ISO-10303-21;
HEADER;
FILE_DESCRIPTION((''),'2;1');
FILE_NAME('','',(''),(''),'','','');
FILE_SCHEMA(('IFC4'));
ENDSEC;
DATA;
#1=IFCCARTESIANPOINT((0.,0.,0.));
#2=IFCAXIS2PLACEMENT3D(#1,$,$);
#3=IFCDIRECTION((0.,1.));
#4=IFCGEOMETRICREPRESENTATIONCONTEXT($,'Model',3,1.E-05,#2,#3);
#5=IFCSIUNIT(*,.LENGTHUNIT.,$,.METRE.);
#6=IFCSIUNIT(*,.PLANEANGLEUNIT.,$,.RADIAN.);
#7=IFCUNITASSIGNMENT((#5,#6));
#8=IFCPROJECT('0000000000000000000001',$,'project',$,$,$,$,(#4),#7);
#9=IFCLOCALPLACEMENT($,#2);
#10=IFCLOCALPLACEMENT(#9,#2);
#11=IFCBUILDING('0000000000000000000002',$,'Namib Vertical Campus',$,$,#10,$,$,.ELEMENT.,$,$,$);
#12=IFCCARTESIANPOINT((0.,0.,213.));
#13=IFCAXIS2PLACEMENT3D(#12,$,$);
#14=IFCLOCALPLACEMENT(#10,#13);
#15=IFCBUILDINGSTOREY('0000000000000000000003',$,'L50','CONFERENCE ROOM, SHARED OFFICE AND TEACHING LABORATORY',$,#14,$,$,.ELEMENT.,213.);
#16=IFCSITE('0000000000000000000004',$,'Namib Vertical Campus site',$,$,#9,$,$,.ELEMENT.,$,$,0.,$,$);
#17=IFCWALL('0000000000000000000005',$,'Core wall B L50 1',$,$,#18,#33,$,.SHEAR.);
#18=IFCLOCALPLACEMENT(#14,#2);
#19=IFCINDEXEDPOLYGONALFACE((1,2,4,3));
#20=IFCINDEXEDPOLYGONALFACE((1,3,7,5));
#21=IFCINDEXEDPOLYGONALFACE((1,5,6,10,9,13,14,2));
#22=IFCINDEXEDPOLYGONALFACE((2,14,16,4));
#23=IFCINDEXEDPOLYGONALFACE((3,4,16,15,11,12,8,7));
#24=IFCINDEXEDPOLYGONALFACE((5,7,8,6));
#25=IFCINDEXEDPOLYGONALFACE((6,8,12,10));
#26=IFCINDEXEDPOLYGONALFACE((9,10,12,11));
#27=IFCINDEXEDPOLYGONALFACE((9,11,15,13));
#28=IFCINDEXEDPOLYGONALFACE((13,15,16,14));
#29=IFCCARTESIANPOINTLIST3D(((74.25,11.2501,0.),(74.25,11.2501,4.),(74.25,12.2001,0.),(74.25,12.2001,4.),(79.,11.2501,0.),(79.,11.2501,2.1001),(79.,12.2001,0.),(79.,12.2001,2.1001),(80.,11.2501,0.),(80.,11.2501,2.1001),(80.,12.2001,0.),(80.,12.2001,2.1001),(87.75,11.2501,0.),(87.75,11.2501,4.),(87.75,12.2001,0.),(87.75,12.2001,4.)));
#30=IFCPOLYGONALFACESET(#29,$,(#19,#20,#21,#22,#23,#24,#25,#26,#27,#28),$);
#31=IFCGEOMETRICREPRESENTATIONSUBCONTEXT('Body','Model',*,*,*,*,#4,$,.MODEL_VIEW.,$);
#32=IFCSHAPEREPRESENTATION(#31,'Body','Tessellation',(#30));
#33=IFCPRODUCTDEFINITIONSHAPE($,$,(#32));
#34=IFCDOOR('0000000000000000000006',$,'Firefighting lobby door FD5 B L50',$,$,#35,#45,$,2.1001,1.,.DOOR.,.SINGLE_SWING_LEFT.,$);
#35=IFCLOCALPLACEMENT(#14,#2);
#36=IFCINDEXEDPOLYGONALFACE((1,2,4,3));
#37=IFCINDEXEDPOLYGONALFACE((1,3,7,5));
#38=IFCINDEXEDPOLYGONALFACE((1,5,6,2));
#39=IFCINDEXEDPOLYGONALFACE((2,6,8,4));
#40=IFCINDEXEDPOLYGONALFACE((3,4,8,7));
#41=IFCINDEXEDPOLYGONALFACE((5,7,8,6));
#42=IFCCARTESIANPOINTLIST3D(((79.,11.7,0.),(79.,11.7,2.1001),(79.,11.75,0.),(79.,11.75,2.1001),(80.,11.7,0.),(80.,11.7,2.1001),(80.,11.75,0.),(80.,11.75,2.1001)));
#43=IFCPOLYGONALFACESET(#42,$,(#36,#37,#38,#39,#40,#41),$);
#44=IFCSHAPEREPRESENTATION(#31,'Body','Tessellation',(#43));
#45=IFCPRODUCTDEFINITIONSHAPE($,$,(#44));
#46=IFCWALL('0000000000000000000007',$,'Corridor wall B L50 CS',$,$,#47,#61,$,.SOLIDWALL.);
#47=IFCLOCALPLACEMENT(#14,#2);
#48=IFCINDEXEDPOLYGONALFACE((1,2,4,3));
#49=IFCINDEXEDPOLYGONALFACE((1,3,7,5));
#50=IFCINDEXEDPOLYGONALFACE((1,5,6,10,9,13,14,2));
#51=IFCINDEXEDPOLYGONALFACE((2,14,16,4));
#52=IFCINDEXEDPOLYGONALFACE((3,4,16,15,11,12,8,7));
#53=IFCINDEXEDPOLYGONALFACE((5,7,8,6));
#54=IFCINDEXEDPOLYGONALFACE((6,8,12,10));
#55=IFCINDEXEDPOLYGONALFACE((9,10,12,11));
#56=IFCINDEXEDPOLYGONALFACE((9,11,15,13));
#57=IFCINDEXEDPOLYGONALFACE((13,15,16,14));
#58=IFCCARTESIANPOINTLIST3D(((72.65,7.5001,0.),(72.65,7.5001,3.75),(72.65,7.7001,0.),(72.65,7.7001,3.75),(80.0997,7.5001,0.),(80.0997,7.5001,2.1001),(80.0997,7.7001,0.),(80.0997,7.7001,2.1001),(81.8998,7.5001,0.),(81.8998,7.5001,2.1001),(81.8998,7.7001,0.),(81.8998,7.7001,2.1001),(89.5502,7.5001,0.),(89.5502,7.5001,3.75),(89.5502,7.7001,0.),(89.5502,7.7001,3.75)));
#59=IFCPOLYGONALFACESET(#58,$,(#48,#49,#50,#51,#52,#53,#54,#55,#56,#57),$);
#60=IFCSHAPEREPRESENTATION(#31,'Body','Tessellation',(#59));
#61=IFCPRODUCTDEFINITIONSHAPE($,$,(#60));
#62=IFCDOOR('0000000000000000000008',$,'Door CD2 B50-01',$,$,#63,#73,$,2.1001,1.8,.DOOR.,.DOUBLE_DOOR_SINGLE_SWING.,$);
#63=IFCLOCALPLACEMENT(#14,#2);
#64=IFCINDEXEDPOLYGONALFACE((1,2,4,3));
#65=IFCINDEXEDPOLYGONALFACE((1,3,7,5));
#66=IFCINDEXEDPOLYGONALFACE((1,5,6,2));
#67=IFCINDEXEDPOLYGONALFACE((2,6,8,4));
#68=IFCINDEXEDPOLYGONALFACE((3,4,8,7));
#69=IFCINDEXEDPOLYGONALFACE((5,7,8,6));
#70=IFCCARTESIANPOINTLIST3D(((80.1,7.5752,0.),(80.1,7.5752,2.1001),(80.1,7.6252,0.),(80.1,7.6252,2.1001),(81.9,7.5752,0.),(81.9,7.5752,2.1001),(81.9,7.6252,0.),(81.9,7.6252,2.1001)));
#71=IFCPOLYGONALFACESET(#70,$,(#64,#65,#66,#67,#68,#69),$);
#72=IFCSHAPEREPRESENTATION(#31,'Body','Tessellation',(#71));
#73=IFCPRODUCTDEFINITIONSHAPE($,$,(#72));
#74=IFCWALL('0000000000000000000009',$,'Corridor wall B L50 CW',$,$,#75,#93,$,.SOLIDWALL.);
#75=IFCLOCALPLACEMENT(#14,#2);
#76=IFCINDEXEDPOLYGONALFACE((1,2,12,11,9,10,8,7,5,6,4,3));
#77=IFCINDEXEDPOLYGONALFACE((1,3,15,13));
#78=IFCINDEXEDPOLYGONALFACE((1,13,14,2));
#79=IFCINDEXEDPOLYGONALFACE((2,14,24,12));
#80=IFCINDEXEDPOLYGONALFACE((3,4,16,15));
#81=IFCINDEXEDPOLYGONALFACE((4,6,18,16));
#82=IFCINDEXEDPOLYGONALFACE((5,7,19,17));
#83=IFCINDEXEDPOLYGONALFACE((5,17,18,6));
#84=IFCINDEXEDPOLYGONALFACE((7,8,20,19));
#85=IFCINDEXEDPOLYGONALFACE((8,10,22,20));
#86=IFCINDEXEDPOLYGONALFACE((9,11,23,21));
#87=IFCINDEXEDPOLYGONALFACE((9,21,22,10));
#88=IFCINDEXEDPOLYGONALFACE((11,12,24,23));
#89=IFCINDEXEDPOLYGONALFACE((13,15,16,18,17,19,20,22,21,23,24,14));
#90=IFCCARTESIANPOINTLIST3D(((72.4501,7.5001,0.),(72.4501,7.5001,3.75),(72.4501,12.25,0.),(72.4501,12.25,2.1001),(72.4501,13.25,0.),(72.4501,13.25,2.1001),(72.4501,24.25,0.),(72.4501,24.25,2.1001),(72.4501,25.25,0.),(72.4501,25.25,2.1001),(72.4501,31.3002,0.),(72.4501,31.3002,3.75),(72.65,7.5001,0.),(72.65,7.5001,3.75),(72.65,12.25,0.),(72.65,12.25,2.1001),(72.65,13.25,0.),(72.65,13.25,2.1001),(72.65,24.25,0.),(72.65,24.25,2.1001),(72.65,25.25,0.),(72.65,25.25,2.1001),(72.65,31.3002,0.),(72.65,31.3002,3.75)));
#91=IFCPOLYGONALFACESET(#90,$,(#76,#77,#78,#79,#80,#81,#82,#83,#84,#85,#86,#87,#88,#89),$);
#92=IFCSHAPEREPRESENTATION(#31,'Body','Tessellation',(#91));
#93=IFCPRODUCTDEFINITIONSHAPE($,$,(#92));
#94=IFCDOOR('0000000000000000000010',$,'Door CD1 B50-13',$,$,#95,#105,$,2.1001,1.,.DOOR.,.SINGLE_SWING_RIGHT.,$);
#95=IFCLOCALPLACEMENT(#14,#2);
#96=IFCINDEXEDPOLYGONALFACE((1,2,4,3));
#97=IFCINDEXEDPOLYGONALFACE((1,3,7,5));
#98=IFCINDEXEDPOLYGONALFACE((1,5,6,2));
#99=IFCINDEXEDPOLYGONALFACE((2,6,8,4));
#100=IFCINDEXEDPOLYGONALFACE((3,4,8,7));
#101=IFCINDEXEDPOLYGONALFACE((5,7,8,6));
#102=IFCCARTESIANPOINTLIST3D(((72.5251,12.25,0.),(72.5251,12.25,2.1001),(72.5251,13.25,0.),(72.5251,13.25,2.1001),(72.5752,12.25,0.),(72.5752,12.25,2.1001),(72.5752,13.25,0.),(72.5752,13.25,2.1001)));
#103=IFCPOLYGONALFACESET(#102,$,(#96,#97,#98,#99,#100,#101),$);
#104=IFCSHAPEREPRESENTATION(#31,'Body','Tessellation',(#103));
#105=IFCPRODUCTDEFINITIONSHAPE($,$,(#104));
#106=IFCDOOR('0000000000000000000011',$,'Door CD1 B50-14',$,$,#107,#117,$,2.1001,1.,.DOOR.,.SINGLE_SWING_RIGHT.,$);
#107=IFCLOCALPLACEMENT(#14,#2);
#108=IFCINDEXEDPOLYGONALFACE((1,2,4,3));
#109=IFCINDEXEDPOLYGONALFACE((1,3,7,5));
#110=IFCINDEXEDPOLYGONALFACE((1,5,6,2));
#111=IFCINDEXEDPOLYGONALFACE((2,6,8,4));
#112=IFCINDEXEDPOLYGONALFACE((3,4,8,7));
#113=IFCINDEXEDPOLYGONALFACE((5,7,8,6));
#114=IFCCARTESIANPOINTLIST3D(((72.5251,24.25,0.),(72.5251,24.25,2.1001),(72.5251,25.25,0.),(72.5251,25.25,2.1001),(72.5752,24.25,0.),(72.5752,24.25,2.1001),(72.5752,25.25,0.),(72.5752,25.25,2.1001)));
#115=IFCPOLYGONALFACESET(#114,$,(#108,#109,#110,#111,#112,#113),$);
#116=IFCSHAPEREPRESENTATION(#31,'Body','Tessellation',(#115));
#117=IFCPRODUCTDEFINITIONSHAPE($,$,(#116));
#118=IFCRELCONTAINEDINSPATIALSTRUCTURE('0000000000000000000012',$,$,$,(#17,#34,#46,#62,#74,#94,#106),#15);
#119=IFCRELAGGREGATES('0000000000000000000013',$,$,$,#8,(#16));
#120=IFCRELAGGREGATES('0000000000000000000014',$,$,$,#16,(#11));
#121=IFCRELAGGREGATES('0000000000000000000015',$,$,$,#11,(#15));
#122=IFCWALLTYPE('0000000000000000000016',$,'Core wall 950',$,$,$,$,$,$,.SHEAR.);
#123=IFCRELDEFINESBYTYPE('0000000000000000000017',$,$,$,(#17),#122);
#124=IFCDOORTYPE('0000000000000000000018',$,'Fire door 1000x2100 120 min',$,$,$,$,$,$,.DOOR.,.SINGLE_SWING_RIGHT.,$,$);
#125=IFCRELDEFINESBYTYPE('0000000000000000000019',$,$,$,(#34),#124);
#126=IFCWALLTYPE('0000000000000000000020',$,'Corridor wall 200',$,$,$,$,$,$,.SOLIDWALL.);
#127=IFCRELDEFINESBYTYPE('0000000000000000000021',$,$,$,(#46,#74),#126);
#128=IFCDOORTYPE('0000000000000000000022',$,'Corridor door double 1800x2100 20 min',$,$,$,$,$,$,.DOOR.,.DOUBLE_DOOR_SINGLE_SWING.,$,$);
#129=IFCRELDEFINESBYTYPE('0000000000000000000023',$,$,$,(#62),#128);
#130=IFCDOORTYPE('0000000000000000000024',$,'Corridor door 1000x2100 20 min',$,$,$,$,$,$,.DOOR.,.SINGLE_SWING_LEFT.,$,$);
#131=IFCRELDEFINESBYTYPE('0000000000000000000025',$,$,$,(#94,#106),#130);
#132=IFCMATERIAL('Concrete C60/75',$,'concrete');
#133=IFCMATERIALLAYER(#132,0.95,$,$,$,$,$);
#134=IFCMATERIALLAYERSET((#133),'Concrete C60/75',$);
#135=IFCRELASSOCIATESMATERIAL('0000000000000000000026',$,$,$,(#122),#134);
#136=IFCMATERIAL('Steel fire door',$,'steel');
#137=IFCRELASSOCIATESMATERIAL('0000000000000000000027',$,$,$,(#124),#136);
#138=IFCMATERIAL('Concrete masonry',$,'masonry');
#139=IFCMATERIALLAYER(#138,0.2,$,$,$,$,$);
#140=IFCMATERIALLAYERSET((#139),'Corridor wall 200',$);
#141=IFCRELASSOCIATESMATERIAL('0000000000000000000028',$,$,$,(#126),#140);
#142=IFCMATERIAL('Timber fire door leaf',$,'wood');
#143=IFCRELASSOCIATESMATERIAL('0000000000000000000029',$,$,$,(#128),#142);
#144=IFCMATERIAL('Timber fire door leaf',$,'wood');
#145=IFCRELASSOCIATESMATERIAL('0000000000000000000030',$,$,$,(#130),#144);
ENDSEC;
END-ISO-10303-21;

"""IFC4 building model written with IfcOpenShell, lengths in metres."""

from ifc_helpers import new_model, si_unit, direction, frame, frame_2d, origin, place, context, subcontext, project, spatial, rectangle, extrude, material, layer, layer_set, type_object, element, fill, save


model = new_model("IFC4")

# Units and contexts
model_context = context("Model", 3, precision=1e-05, world=origin(), true_north=direction((0.0, 1.0)))
body_context = subcontext(model_context, "Body", "Model", "MODEL_VIEW")
ifc_project = project(units=[si_unit("LENGTHUNIT", "METRE"), si_unit("PLANEANGLEUNIT", "RADIAN")], contexts=[model_context])

# Site, building, storey
site_placement = place(None, origin())
site = spatial("IfcSite", under=ifc_project, at=site_placement, Name="Namib Vertical Campus site", CompositionType="ELEMENT", RefElevation=0.0)
building_placement = place(site_placement, origin())
building = spatial("IfcBuilding", under=site, at=building_placement, Name="Namib Vertical Campus", CompositionType="ELEMENT")
storey_placement = place(building_placement, frame((0.0, 0.0, 213.0)))
storey = spatial("IfcBuildingStorey", under=building, at=storey_placement, Name="L50", Description="CONFERENCE ROOM, SHARED OFFICE AND TEACHING LABORATORY", CompositionType="ELEMENT", Elevation=213.0)

# Walls, openings, doors
ifc_material_1 = material(Name="Concrete C60/75", Category="concrete")
ifc_layer_1 = layer(ifc_material_1, 0.95)
ifc_layer_set_1 = layer_set([ifc_layer_1], Name="Concrete C60/75")
wall_type_1 = type_object("IfcWallType", Name="Core wall 950", PredefinedType="SHEAR", material=ifc_layer_set_1)
wall_1_placement = place(storey_placement, frame((74.25, 11.7251, 0.0), z_axis=(0.0, 0.0, 1.0), x_axis=(1.0, 0.0, 0.0)))
wall_1 = element("IfcWall", 1, at=wall_1_placement, inside=storey, type_object=wall_type_1, Name="Core wall B L50 1", PredefinedType="SHEAR", context=body_context, shape_type="SweptSolid", body=[
    extrude(rectangle(XDim=13.5, YDim=0.95, at=frame_2d((6.75, 0.0))), origin(), (0.0, 0.0, 1.0), 4.0),
])
opening_1_placement = place(wall_1_placement, frame((4.75, 0.0, 0.0)))
opening_1 = element("IfcOpeningElement", 2, at=opening_1_placement, cuts=wall_1, PredefinedType="OPENING", context=body_context, shape_type="SweptSolid", body=[
    extrude(rectangle(XDim=1.0, YDim=2.1001, at=frame_2d((0.5, 1.05))), frame((0.0, 0.4849, 0.0), z_axis=(0.0, -1.0, 0.0), x_axis=(1.0, 0.0, 0.0)), (0.0, 0.0, 1.0), 0.97),
])
ifc_material_2 = material(Name="Steel fire door", Category="steel")
door_type_1 = type_object("IfcDoorType", Name="Fire door 1000x2100 120 min", OperationType="SINGLE_SWING_RIGHT", PredefinedType="DOOR", material=ifc_material_2)
door_1_placement = place(opening_1_placement, origin())
door_1 = element("IfcDoor", 3, at=door_1_placement, inside=storey, type_object=door_type_1, Name="Firefighting lobby door FD5 B L50", OperationType="SINGLE_SWING_LEFT", OverallHeight=2.1001, OverallWidth=1.0, PredefinedType="DOOR", context=body_context, shape_type="SweptSolid", body=[
    extrude(rectangle(XDim=1.0, YDim=2.1001, at=frame_2d((0.5, 1.05))), frame((0.0, 0.0249, 0.0), z_axis=(0.0, -1.0, 0.0), x_axis=(1.0, 0.0, 0.0)), (0.0, 0.0, 1.0), 0.05),
])
fill(opening_1, door_1)
ifc_material_3 = material(Name="Concrete masonry", Category="masonry")
ifc_layer_2 = layer(ifc_material_3, 0.2)
ifc_layer_set_2 = layer_set([ifc_layer_2], Name="Corridor wall 200")
wall_type_2 = type_object("IfcWallType", Name="Corridor wall 200", PredefinedType="SOLIDWALL", material=ifc_layer_set_2)
wall_2_placement = place(storey_placement, frame((72.6499, 7.6001, 0.0), z_axis=(0.0, 0.0, 1.0), x_axis=(1.0, 0.0, 0.0)))
wall_2 = element("IfcWall", 4, at=wall_2_placement, inside=storey, type_object=wall_type_2, Name="Corridor wall B L50 CS", PredefinedType="SOLIDWALL", context=body_context, shape_type="SweptSolid", body=[
    extrude(rectangle(XDim=16.9001, YDim=0.2, at=frame_2d((8.4502, 0.0))), origin(), (0.0, 0.0, 1.0), 3.75),
])
opening_2_placement = place(wall_2_placement, frame((7.45, 0.0, 0.0)))
opening_2 = element("IfcOpeningElement", 5, at=opening_2_placement, cuts=wall_2, PredefinedType="OPENING", context=body_context, shape_type="SweptSolid", body=[
    extrude(rectangle(XDim=1.8, YDim=2.1001, at=frame_2d((0.8999, 1.05))), frame((0.0, 0.1099, 0.0), z_axis=(0.0, -1.0, 0.0), x_axis=(1.0, 0.0, 0.0)), (0.0, 0.0, 1.0), 0.22),
])
ifc_material_4 = material(Name="Timber fire door leaf", Category="wood")
door_type_2 = type_object("IfcDoorType", Name="Corridor door double 1800x2100 20 min", OperationType="DOUBLE_DOOR_SINGLE_SWING", PredefinedType="DOOR", material=ifc_material_4)
door_2_placement = place(opening_2_placement, frame((1.8, 0.0, 0.0), z_axis=(0.0, 0.0, 1.0), x_axis=(-1.0, 0.0, 0.0)))
door_2 = element("IfcDoor", 6, at=door_2_placement, inside=storey, type_object=door_type_2, Name="Door CD2 B50-01", OperationType="DOUBLE_DOOR_SINGLE_SWING", OverallHeight=2.1001, OverallWidth=1.8, PredefinedType="DOOR", context=body_context, shape_type="SweptSolid", body=[
    extrude(rectangle(XDim=1.8, YDim=2.1001, at=frame_2d((0.8999, 1.05))), frame((0.0, 0.0249, 0.0), z_axis=(0.0, -1.0, 0.0), x_axis=(1.0, 0.0, 0.0)), (0.0, 0.0, 1.0), 0.05),
])
fill(opening_2, door_2)

# Wall, openings, doors
wall_3_placement = place(storey_placement, frame((72.55, 31.3, 0.0), z_axis=(0.0, 0.0, 1.0), x_axis=(0.0, -1.0, 0.0)))
wall_3 = element("IfcWall", 7, at=wall_3_placement, inside=storey, type_object=wall_type_2, Name="Corridor wall B L50 CW", PredefinedType="SOLIDWALL", context=body_context, shape_type="SweptSolid", body=[
    extrude(rectangle(XDim=23.8, YDim=0.2, at=frame_2d((11.8999, 0.0))), origin(), (0.0, 0.0, 1.0), 3.75),
])
opening_3_placement = place(wall_3_placement, frame((18.05, 0.0, 0.0)))
opening_3 = element("IfcOpeningElement", 8, at=opening_3_placement, cuts=wall_3, PredefinedType="OPENING", context=body_context, shape_type="SweptSolid", body=[
    extrude(rectangle(XDim=1.0, YDim=2.1001, at=frame_2d((0.5, 1.05))), frame((0.0, 0.1099, 0.0), z_axis=(0.0, -1.0, 0.0), x_axis=(1.0, 0.0, 0.0)), (0.0, 0.0, 1.0), 0.22),
])
opening_4_placement = place(wall_3_placement, frame((6.05, 0.0, 0.0)))
opening_4 = element("IfcOpeningElement", 9, at=opening_4_placement, cuts=wall_3, PredefinedType="OPENING", context=body_context, shape_type="SweptSolid", body=[
    extrude(rectangle(XDim=1.0, YDim=2.1001, at=frame_2d((0.5, 1.05))), frame((0.0, 0.1099, 0.0), z_axis=(0.0, -1.0, 0.0), x_axis=(1.0, 0.0, 0.0)), (0.0, 0.0, 1.0), 0.22),
])
ifc_material_5 = material(Name="Timber fire door leaf", Category="wood")
door_type_3 = type_object("IfcDoorType", Name="Corridor door 1000x2100 20 min", OperationType="SINGLE_SWING_LEFT", PredefinedType="DOOR", material=ifc_material_5)
door_3_placement = place(opening_3_placement, frame((1.0, 0.0, 0.0), z_axis=(0.0, 0.0, 1.0), x_axis=(-1.0, 0.0, 0.0)))
door_3 = element("IfcDoor", 10, at=door_3_placement, inside=storey, type_object=door_type_3, Name="Door CD1 B50-13", OperationType="SINGLE_SWING_RIGHT", OverallHeight=2.1001, OverallWidth=1.0, PredefinedType="DOOR", context=body_context, shape_type="SweptSolid", body=[
    extrude(rectangle(XDim=1.0, YDim=2.1001, at=frame_2d((0.5, 1.05))), frame((0.0, 0.0249, 0.0), z_axis=(0.0, -1.0, 0.0), x_axis=(1.0, 0.0, 0.0)), (0.0, 0.0, 1.0), 0.05),
])
fill(opening_3, door_3)
door_4_placement = place(opening_4_placement, frame((1.0, 0.0, 0.0), z_axis=(0.0, 0.0, 1.0), x_axis=(-1.0, 0.0, 0.0)))
door_4 = element("IfcDoor", 11, at=door_4_placement, inside=storey, type_object=door_type_3, Name="Door CD1 B50-14", OperationType="SINGLE_SWING_RIGHT", OverallHeight=2.1001, OverallWidth=1.0, PredefinedType="DOOR", context=body_context, shape_type="SweptSolid", body=[
    extrude(rectangle(XDim=1.0, YDim=2.1001, at=frame_2d((0.5, 1.05))), frame((0.0, 0.0249, 0.0), z_axis=(0.0, -1.0, 0.0), x_axis=(1.0, 0.0, 0.0)), (0.0, 0.0, 1.0), 0.05),
])
fill(opening_4, door_4)

save(model, "model.ifc")
